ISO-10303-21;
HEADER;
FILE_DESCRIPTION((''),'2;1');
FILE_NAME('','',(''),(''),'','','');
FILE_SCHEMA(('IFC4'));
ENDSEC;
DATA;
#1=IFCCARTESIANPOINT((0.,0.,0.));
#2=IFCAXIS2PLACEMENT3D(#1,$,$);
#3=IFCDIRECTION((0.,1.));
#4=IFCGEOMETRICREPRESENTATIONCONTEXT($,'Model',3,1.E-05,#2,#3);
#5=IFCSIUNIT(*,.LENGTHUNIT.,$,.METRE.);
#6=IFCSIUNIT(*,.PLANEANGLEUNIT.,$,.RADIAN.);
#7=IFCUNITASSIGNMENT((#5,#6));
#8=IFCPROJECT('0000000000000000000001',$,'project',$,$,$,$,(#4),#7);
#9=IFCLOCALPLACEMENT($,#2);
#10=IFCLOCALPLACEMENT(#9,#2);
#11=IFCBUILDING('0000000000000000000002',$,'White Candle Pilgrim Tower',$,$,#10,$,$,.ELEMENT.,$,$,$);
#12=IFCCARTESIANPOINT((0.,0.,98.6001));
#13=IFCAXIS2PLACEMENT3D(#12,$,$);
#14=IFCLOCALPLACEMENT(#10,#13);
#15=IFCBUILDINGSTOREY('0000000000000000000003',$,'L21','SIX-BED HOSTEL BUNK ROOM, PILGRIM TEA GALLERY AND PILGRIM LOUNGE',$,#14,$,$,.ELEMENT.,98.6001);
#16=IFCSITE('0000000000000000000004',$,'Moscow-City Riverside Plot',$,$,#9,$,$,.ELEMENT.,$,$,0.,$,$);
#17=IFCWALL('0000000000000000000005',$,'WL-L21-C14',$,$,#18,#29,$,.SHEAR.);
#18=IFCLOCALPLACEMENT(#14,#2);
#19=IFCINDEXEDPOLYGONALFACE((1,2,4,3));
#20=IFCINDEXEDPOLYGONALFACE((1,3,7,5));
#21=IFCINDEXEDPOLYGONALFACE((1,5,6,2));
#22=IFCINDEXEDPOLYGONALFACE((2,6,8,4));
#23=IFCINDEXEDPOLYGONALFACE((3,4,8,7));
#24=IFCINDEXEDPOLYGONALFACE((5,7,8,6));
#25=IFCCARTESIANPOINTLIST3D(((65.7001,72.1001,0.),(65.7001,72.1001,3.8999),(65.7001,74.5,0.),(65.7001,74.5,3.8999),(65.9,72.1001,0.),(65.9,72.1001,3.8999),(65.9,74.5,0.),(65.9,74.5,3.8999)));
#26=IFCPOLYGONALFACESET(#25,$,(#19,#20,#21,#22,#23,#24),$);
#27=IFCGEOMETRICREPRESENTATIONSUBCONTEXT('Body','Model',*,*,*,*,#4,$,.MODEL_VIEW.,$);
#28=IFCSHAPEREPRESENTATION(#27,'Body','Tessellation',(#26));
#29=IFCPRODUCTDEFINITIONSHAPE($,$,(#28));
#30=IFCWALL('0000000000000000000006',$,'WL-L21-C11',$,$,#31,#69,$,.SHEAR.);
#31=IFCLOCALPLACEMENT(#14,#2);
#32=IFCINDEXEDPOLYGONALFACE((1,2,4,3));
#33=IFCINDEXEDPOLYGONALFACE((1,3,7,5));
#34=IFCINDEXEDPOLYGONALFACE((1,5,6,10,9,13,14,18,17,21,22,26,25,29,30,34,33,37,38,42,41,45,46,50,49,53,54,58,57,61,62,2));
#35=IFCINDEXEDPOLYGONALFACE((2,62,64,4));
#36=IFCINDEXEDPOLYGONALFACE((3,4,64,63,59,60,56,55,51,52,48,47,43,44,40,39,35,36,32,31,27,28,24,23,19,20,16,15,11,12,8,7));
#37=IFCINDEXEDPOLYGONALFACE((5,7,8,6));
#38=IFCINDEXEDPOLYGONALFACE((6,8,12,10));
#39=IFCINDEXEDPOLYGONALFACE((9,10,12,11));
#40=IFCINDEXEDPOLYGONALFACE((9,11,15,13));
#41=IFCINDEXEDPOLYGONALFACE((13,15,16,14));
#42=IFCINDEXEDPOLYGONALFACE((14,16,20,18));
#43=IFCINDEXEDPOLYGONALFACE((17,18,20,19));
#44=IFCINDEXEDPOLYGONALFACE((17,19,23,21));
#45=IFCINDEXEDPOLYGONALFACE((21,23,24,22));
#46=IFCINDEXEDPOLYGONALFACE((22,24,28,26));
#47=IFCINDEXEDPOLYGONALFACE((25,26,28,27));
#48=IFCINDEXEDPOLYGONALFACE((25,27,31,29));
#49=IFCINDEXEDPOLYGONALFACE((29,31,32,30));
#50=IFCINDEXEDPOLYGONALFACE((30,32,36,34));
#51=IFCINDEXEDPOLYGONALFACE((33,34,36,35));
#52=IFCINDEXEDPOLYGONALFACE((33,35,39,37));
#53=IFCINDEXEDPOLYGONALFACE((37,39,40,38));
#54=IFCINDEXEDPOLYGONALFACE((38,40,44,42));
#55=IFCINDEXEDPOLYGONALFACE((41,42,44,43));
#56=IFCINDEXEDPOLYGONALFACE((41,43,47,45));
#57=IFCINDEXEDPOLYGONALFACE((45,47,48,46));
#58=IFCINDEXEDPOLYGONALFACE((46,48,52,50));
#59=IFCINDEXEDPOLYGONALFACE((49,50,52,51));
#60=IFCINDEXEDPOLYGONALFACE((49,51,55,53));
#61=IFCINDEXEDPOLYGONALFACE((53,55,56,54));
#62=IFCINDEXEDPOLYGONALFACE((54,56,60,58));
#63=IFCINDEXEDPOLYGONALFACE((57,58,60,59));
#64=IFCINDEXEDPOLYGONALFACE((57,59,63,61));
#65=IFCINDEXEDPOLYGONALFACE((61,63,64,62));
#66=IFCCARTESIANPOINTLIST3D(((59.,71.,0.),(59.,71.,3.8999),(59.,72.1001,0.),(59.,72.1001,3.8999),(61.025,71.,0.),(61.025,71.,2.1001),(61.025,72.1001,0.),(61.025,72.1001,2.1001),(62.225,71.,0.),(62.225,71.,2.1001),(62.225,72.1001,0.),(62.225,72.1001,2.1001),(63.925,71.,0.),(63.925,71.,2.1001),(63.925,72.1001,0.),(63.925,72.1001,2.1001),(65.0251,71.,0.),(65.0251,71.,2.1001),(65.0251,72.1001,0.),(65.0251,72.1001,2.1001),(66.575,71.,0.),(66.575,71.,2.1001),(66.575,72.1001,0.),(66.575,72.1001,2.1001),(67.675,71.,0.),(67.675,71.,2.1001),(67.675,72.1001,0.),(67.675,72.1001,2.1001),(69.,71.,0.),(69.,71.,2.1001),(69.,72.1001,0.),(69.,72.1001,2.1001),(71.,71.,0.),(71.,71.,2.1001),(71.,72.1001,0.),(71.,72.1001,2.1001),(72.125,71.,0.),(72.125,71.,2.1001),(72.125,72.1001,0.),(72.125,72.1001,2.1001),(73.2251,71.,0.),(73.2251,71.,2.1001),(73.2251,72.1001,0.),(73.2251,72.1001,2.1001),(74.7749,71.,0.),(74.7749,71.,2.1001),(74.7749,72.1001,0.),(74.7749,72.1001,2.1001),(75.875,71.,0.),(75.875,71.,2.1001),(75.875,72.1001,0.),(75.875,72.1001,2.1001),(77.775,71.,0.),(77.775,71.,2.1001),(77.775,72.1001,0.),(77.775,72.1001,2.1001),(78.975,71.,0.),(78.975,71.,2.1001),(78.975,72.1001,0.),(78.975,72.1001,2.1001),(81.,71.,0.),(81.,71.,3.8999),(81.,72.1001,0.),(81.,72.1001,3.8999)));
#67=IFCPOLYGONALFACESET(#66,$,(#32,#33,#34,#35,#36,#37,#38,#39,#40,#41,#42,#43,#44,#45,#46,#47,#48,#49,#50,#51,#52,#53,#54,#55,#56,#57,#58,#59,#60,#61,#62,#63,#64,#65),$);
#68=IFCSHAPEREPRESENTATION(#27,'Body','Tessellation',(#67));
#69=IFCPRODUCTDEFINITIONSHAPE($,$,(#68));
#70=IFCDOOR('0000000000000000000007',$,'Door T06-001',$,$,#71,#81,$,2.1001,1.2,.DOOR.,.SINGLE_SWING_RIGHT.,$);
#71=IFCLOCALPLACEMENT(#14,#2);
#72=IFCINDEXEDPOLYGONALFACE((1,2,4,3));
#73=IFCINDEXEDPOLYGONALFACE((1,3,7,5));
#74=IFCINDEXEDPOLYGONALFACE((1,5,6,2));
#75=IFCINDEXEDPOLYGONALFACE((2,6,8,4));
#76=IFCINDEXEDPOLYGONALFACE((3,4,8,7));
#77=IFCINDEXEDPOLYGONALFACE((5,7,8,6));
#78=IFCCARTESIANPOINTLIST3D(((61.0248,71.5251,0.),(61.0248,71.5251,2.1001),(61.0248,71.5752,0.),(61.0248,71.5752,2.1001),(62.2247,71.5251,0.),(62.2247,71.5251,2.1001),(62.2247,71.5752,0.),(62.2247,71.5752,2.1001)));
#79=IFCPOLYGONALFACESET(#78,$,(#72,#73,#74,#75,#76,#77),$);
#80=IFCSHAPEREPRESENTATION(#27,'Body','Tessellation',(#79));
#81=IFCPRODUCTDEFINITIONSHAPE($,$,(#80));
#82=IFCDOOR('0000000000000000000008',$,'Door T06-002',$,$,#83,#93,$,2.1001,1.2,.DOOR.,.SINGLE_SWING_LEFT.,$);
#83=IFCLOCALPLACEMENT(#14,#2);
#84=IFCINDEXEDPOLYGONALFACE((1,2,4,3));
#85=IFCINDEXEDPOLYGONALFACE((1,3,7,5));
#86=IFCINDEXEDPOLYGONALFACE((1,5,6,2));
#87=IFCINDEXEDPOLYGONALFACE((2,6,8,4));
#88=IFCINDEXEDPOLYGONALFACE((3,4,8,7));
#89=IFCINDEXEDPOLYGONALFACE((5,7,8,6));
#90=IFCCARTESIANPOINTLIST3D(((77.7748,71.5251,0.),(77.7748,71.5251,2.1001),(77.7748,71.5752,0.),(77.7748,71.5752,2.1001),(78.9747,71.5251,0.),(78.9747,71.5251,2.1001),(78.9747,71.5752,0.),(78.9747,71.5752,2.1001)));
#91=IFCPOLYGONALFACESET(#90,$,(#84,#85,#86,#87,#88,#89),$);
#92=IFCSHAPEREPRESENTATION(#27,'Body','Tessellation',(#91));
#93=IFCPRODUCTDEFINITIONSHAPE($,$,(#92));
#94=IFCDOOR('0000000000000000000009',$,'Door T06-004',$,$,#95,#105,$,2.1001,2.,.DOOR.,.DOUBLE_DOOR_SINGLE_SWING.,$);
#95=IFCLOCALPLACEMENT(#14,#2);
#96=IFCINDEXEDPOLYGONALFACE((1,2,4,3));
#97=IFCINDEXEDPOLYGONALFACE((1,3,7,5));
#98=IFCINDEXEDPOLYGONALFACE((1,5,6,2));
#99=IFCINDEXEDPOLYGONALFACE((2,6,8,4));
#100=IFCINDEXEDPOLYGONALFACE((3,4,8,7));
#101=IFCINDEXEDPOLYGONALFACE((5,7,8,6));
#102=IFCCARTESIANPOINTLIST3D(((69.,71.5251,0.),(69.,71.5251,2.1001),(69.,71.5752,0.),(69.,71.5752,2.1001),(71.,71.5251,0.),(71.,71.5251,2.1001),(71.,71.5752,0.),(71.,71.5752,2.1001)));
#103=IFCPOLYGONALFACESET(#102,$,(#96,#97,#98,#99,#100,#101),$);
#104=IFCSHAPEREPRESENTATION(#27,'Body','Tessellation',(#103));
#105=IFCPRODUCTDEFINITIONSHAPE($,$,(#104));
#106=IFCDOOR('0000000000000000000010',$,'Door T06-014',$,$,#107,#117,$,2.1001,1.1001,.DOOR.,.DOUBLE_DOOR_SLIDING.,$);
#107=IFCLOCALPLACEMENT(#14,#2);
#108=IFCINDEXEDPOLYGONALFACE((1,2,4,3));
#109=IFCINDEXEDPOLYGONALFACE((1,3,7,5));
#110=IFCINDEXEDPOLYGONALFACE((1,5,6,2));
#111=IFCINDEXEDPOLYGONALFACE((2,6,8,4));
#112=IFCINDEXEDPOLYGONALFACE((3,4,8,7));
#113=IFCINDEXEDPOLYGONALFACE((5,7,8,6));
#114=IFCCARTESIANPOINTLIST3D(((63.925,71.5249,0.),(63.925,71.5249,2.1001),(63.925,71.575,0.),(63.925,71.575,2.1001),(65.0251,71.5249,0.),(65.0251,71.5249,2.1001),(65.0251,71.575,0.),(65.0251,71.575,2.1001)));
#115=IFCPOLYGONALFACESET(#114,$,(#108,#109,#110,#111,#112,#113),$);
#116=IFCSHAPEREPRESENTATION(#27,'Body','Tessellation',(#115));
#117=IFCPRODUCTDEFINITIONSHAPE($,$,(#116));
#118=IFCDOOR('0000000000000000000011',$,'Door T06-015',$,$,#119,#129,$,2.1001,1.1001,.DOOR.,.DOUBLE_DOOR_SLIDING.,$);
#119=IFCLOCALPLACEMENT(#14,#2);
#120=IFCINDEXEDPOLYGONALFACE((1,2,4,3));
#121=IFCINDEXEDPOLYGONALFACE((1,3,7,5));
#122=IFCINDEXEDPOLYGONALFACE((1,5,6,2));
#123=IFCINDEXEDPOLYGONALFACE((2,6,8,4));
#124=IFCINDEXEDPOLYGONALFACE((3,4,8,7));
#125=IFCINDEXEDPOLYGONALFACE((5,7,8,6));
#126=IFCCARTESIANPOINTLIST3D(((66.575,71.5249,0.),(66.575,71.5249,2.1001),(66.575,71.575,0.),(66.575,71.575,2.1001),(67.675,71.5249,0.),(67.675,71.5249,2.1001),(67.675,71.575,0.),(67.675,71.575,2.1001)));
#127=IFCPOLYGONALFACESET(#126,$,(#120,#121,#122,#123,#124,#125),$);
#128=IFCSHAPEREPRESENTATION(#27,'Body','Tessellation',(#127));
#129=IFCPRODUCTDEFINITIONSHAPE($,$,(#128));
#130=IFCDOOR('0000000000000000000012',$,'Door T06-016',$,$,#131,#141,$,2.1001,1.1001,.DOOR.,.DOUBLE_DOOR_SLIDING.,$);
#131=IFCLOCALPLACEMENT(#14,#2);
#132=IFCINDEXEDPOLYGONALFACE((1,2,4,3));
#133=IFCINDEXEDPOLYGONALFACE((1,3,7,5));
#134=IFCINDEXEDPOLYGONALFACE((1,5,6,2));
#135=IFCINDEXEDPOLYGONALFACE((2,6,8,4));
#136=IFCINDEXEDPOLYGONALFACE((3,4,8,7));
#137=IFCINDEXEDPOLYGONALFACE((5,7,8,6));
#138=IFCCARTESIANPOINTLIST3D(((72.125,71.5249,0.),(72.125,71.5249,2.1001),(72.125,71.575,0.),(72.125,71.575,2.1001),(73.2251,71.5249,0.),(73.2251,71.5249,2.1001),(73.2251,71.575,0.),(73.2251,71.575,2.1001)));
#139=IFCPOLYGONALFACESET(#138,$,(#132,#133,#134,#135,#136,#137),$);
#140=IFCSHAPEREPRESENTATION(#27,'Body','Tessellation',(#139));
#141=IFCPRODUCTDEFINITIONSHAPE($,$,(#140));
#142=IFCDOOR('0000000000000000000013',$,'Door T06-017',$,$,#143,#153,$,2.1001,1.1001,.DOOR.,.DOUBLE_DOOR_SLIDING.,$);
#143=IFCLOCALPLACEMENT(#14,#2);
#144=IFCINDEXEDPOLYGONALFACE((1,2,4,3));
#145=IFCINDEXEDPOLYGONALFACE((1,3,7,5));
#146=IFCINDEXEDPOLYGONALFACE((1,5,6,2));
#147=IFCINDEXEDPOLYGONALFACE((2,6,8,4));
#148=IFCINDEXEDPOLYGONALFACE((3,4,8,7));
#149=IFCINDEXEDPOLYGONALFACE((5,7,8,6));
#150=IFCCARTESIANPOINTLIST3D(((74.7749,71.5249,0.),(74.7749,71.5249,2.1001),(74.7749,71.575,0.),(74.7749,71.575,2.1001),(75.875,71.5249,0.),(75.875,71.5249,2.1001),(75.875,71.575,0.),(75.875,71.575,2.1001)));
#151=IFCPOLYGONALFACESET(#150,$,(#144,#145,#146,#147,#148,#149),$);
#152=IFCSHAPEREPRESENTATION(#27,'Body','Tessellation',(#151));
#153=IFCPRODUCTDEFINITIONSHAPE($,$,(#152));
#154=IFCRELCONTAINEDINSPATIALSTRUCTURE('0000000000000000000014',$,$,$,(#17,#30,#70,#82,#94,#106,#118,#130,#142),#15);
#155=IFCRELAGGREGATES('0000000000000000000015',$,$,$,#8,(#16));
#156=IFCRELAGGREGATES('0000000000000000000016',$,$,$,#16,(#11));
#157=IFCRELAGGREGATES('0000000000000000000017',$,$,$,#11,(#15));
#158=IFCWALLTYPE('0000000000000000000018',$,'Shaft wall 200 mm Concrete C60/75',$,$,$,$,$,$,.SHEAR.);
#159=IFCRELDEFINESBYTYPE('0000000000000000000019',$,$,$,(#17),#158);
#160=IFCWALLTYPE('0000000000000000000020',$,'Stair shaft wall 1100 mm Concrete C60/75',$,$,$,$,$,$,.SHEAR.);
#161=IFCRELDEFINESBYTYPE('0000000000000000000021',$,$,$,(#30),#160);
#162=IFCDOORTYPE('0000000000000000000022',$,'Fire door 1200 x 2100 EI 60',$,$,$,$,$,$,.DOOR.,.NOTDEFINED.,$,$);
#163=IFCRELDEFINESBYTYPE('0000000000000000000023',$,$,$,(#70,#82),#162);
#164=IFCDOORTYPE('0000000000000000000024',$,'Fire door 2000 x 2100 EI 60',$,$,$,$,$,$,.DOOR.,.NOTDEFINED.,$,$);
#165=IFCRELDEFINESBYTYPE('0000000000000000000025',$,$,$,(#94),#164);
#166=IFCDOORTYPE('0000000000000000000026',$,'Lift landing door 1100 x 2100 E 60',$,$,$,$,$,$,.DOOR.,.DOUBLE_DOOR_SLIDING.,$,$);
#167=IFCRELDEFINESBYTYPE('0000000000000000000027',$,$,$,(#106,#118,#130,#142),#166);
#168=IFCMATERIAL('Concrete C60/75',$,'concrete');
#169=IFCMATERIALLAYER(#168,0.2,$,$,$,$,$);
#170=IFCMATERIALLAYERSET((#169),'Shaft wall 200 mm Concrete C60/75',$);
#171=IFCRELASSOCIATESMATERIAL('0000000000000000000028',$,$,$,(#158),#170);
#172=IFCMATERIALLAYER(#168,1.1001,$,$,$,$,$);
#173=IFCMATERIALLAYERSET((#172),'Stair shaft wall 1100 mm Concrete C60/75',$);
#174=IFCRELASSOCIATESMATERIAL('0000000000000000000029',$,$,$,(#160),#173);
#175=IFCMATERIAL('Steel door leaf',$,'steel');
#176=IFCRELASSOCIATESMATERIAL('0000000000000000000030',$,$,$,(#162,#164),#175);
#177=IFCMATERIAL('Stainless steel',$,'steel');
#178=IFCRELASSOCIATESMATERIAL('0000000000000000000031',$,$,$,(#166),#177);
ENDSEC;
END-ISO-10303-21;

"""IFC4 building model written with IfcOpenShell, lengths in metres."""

from ifc_helpers import new_model, si_unit, direction, frame, frame_2d, origin, place, context, subcontext, project, spatial, rectangle, extrude, material, layer, layer_set, type_object, element, fill, save


model = new_model("IFC4")

# Units and contexts
model_context = context("Model", 3, precision=1e-05, world=origin(), true_north=direction((0.0, 1.0)))
body_context = subcontext(model_context, "Body", "Model", "MODEL_VIEW")
ifc_project = project(units=[si_unit("LENGTHUNIT", "METRE"), si_unit("PLANEANGLEUNIT", "RADIAN")], contexts=[model_context])

# Site, building, storey
site_placement = place(None, origin())
site = spatial("IfcSite", under=ifc_project, at=site_placement, Name="Moscow-City Riverside Plot", CompositionType="ELEMENT", RefElevation=0.0)
building_placement = place(site_placement, origin())
building = spatial("IfcBuilding", under=site, at=building_placement, Name="White Candle Pilgrim Tower", CompositionType="ELEMENT")
storey_placement = place(building_placement, frame((0.0, 0.0, 98.6001)))
storey = spatial("IfcBuildingStorey", under=building, at=storey_placement, Name="L21", Description="SIX-BED HOSTEL BUNK ROOM, PILGRIM TEA GALLERY AND PILGRIM LOUNGE", CompositionType="ELEMENT", Elevation=98.6001)

# Shared definitions
ifc_material_1 = material(Name="Steel door leaf", Category="steel")

# Wall
ifc_material_2 = material(Name="Concrete C60/75", Category="concrete")
ifc_layer_1 = layer(ifc_material_2, 0.2)
ifc_layer_set_1 = layer_set([ifc_layer_1], Name="Shaft wall 200 mm Concrete C60/75")
wall_type_1 = type_object("IfcWallType", Name="Shaft wall 200 mm Concrete C60/75", PredefinedType="SHEAR", material=ifc_layer_set_1)
wall_1_placement = place(storey_placement, frame((65.8, 72.1001, 0.0), z_axis=(0.0, 0.0, 1.0), x_axis=(0.0, 1.0, 0.0)))
element("IfcWall", 1, at=wall_1_placement, inside=storey, type_object=wall_type_1, Name="WL-L21-C14", PredefinedType="SHEAR", context=body_context, shape_type="SweptSolid", body=[
    extrude(rectangle(XDim=2.3999, YDim=0.2, at=frame_2d((1.2, 0.0))), origin(), (0.0, 0.0, 1.0), 3.8999),
])

# Wall, openings, doors
ifc_layer_2 = layer(ifc_material_2, 1.1001)
ifc_layer_set_2 = layer_set([ifc_layer_2], Name="Stair shaft wall 1100 mm Concrete C60/75")
wall_type_2 = type_object("IfcWallType", Name="Stair shaft wall 1100 mm Concrete C60/75", PredefinedType="SHEAR", material=ifc_layer_set_2)
wall_2_placement = place(storey_placement, frame((59.0, 71.55, 0.0), z_axis=(0.0, 0.0, 1.0), x_axis=(1.0, 0.0, 0.0)))
wall_2 = element("IfcWall", 2, at=wall_2_placement, inside=storey, type_object=wall_type_2, Name="WL-L21-C11", PredefinedType="SHEAR", context=body_context, shape_type="SweptSolid", body=[
    extrude(rectangle(XDim=22.0, YDim=1.1001, at=frame_2d((11.0, 0.0))), origin(), (0.0, 0.0, 1.0), 3.8999),
])
opening_1_placement = place(wall_2_placement, frame((2.0249, 0.0, 0.0)))
opening_1 = element("IfcOpeningElement", 3, at=opening_1_placement, cuts=wall_2, PredefinedType="OPENING", context=body_context, shape_type="SweptSolid", body=[
    extrude(rectangle(XDim=1.2, YDim=2.1001, at=frame_2d((0.6001, 1.05))), frame((0.0, 0.5601, 0.0), z_axis=(0.0, -1.0, 0.0), x_axis=(1.0, 0.0, 0.0)), (0.0, 0.0, 1.0), 1.1201),
])
opening_2_placement = place(wall_2_placement, frame((18.7749, 0.0, 0.0)))
opening_2 = element("IfcOpeningElement", 4, at=opening_2_placement, cuts=wall_2, PredefinedType="OPENING", context=body_context, shape_type="SweptSolid", body=[
    extrude(rectangle(XDim=1.2, YDim=2.1001, at=frame_2d((0.6001, 1.05))), frame((0.0, 0.5601, 0.0), z_axis=(0.0, -1.0, 0.0), x_axis=(1.0, 0.0, 0.0)), (0.0, 0.0, 1.0), 1.1201),
])
opening_3_placement = place(wall_2_placement, frame((10.0, 0.0, 0.0)))
opening_3 = element("IfcOpeningElement", 5, at=opening_3_placement, cuts=wall_2, PredefinedType="OPENING", context=body_context, shape_type="SweptSolid", body=[
    extrude(rectangle(XDim=2.0, YDim=2.1001, at=frame_2d((1.0, 1.05))), frame((0.0, 0.5601, 0.0), z_axis=(0.0, -1.0, 0.0), x_axis=(1.0, 0.0, 0.0)), (0.0, 0.0, 1.0), 1.1201),
])
opening_4_placement = place(wall_2_placement, frame((4.925, 0.0, 0.0)))
opening_4 = element("IfcOpeningElement", 6, at=opening_4_placement, cuts=wall_2, PredefinedType="OPENING", context=body_context, shape_type="SweptSolid", body=[
    extrude(rectangle(XDim=1.1001, YDim=2.1001, at=frame_2d((0.55, 1.05))), frame((0.0, 0.5601, 0.0), z_axis=(0.0, -1.0, 0.0), x_axis=(1.0, 0.0, 0.0)), (0.0, 0.0, 1.0), 1.1201),
])
opening_5_placement = place(wall_2_placement, frame((7.575, 0.0, 0.0)))
opening_5 = element("IfcOpeningElement", 7, at=opening_5_placement, cuts=wall_2, PredefinedType="OPENING", context=body_context, shape_type="SweptSolid", body=[
    extrude(rectangle(XDim=1.1001, YDim=2.1001, at=frame_2d((0.55, 1.05))), frame((0.0, 0.5601, 0.0), z_axis=(0.0, -1.0, 0.0), x_axis=(1.0, 0.0, 0.0)), (0.0, 0.0, 1.0), 1.1201),
])
opening_6_placement = place(wall_2_placement, frame((13.125, 0.0, 0.0)))
opening_6 = element("IfcOpeningElement", 8, at=opening_6_placement, cuts=wall_2, PredefinedType="OPENING", context=body_context, shape_type="SweptSolid", body=[
    extrude(rectangle(XDim=1.1001, YDim=2.1001, at=frame_2d((0.55, 1.05))), frame((0.0, 0.5601, 0.0), z_axis=(0.0, -1.0, 0.0), x_axis=(1.0, 0.0, 0.0)), (0.0, 0.0, 1.0), 1.1201),
])
opening_7_placement = place(wall_2_placement, frame((15.7749, 0.0, 0.0)))
opening_7 = element("IfcOpeningElement", 9, at=opening_7_placement, cuts=wall_2, PredefinedType="OPENING", context=body_context, shape_type="SweptSolid", body=[
    extrude(rectangle(XDim=1.1001, YDim=2.1001, at=frame_2d((0.55, 1.05))), frame((0.0, 0.5601, 0.0), z_axis=(0.0, -1.0, 0.0), x_axis=(1.0, 0.0, 0.0)), (0.0, 0.0, 1.0), 1.1201),
])
door_type_1 = type_object("IfcDoorType", Name="Fire door 1200 x 2100 EI 60", OperationType="NOTDEFINED", PredefinedType="DOOR", material=ifc_material_1)
door_1_placement = place(opening_1_placement, frame((1.2, 0.0, 0.0), z_axis=(0.0, 0.0, 1.0), x_axis=(-1.0, 0.0, 0.0)))
door_1 = element("IfcDoor", 10, at=door_1_placement, inside=storey, type_object=door_type_1, Name="Door T06-001", OperationType="SINGLE_SWING_RIGHT", OverallHeight=2.1001, OverallWidth=1.2, PredefinedType="DOOR", context=body_context, shape_type="SweptSolid", body=[
    extrude(rectangle(XDim=1.2, YDim=2.1001, at=frame_2d((0.6001, 1.05))), frame((0.0, 0.0249, 0.0), z_axis=(0.0, -1.0, 0.0), x_axis=(1.0, 0.0, 0.0)), (0.0, 0.0, 1.0), 0.05),
])
fill(opening_1, door_1)
door_2_placement = place(opening_2_placement, frame((1.2, 0.0, 0.0), z_axis=(0.0, 0.0, 1.0), x_axis=(-1.0, 0.0, 0.0)))
door_2 = element("IfcDoor", 11, at=door_2_placement, inside=storey, type_object=door_type_1, Name="Door T06-002", OperationType="SINGLE_SWING_LEFT", OverallHeight=2.1001, OverallWidth=1.2, PredefinedType="DOOR", context=body_context, shape_type="SweptSolid", body=[
    extrude(rectangle(XDim=1.2, YDim=2.1001, at=frame_2d((0.6001, 1.05))), frame((0.0, 0.0249, 0.0), z_axis=(0.0, -1.0, 0.0), x_axis=(1.0, 0.0, 0.0)), (0.0, 0.0, 1.0), 0.05),
])
fill(opening_2, door_2)
door_type_2 = type_object("IfcDoorType", Name="Fire door 2000 x 2100 EI 60", OperationType="NOTDEFINED", PredefinedType="DOOR", material=ifc_material_1)
door_3_placement = place(opening_3_placement, frame((2.0, 0.0, 0.0), z_axis=(0.0, 0.0, 1.0), x_axis=(-1.0, 0.0, 0.0)))
door_3 = element("IfcDoor", 12, at=door_3_placement, inside=storey, type_object=door_type_2, Name="Door T06-004", OperationType="DOUBLE_DOOR_SINGLE_SWING", OverallHeight=2.1001, OverallWidth=2.0, PredefinedType="DOOR", context=body_context, shape_type="SweptSolid", body=[
    extrude(rectangle(XDim=2.0, YDim=2.1001, at=frame_2d((1.0, 1.05))), frame((0.0, 0.0249, 0.0), z_axis=(0.0, -1.0, 0.0), x_axis=(1.0, 0.0, 0.0)), (0.0, 0.0, 1.0), 0.05),
])
fill(opening_3, door_3)
ifc_material_3 = material(Name="Stainless steel", Category="steel")
door_type_3 = type_object("IfcDoorType", Name="Lift landing door 1100 x 2100 E 60", OperationType="DOUBLE_DOOR_SLIDING", PredefinedType="DOOR", material=ifc_material_3)
door_4_placement = place(opening_4_placement, origin())
door_4 = element("IfcDoor", 13, at=door_4_placement, inside=storey, type_object=door_type_3, Name="Door T06-014", OperationType="DOUBLE_DOOR_SLIDING", OverallHeight=2.1001, OverallWidth=1.1001, PredefinedType="DOOR", context=body_context, shape_type="SweptSolid", body=[
    extrude(rectangle(XDim=1.1001, YDim=2.1001, at=frame_2d((0.55, 1.05))), frame((0.0, 0.0249, 0.0), z_axis=(0.0, -1.0, 0.0), x_axis=(1.0, 0.0, 0.0)), (0.0, 0.0, 1.0), 0.05),
])
fill(opening_4, door_4)
door_5_placement = place(opening_5_placement, origin())
door_5 = element("IfcDoor", 14, at=door_5_placement, inside=storey, type_object=door_type_3, Name="Door T06-015", OperationType="DOUBLE_DOOR_SLIDING", OverallHeight=2.1001, OverallWidth=1.1001, PredefinedType="DOOR", context=body_context, shape_type="SweptSolid", body=[
    extrude(rectangle(XDim=1.1001, YDim=2.1001, at=frame_2d((0.55, 1.05))), frame((0.0, 0.0249, 0.0), z_axis=(0.0, -1.0, 0.0), x_axis=(1.0, 0.0, 0.0)), (0.0, 0.0, 1.0), 0.05),
])
fill(opening_5, door_5)
door_6_placement = place(opening_6_placement, origin())
door_6 = element("IfcDoor", 15, at=door_6_placement, inside=storey, type_object=door_type_3, Name="Door T06-016", OperationType="DOUBLE_DOOR_SLIDING", OverallHeight=2.1001, OverallWidth=1.1001, PredefinedType="DOOR", context=body_context, shape_type="SweptSolid", body=[
    extrude(rectangle(XDim=1.1001, YDim=2.1001, at=frame_2d((0.55, 1.05))), frame((0.0, 0.0249, 0.0), z_axis=(0.0, -1.0, 0.0), x_axis=(1.0, 0.0, 0.0)), (0.0, 0.0, 1.0), 0.05),
])
fill(opening_6, door_6)
door_7_placement = place(opening_7_placement, origin())
door_7 = element("IfcDoor", 16, at=door_7_placement, inside=storey, type_object=door_type_3, Name="Door T06-017", OperationType="DOUBLE_DOOR_SLIDING", OverallHeight=2.1001, OverallWidth=1.1001, PredefinedType="DOOR", context=body_context, shape_type="SweptSolid", body=[
    extrude(rectangle(XDim=1.1001, YDim=2.1001, at=frame_2d((0.55, 1.05))), frame((0.0, 0.0249, 0.0), z_axis=(0.0, -1.0, 0.0), x_axis=(1.0, 0.0, 0.0)), (0.0, 0.0, 1.0), 0.05),
])
fill(opening_7, door_7)

save(model, "model.ifc")
